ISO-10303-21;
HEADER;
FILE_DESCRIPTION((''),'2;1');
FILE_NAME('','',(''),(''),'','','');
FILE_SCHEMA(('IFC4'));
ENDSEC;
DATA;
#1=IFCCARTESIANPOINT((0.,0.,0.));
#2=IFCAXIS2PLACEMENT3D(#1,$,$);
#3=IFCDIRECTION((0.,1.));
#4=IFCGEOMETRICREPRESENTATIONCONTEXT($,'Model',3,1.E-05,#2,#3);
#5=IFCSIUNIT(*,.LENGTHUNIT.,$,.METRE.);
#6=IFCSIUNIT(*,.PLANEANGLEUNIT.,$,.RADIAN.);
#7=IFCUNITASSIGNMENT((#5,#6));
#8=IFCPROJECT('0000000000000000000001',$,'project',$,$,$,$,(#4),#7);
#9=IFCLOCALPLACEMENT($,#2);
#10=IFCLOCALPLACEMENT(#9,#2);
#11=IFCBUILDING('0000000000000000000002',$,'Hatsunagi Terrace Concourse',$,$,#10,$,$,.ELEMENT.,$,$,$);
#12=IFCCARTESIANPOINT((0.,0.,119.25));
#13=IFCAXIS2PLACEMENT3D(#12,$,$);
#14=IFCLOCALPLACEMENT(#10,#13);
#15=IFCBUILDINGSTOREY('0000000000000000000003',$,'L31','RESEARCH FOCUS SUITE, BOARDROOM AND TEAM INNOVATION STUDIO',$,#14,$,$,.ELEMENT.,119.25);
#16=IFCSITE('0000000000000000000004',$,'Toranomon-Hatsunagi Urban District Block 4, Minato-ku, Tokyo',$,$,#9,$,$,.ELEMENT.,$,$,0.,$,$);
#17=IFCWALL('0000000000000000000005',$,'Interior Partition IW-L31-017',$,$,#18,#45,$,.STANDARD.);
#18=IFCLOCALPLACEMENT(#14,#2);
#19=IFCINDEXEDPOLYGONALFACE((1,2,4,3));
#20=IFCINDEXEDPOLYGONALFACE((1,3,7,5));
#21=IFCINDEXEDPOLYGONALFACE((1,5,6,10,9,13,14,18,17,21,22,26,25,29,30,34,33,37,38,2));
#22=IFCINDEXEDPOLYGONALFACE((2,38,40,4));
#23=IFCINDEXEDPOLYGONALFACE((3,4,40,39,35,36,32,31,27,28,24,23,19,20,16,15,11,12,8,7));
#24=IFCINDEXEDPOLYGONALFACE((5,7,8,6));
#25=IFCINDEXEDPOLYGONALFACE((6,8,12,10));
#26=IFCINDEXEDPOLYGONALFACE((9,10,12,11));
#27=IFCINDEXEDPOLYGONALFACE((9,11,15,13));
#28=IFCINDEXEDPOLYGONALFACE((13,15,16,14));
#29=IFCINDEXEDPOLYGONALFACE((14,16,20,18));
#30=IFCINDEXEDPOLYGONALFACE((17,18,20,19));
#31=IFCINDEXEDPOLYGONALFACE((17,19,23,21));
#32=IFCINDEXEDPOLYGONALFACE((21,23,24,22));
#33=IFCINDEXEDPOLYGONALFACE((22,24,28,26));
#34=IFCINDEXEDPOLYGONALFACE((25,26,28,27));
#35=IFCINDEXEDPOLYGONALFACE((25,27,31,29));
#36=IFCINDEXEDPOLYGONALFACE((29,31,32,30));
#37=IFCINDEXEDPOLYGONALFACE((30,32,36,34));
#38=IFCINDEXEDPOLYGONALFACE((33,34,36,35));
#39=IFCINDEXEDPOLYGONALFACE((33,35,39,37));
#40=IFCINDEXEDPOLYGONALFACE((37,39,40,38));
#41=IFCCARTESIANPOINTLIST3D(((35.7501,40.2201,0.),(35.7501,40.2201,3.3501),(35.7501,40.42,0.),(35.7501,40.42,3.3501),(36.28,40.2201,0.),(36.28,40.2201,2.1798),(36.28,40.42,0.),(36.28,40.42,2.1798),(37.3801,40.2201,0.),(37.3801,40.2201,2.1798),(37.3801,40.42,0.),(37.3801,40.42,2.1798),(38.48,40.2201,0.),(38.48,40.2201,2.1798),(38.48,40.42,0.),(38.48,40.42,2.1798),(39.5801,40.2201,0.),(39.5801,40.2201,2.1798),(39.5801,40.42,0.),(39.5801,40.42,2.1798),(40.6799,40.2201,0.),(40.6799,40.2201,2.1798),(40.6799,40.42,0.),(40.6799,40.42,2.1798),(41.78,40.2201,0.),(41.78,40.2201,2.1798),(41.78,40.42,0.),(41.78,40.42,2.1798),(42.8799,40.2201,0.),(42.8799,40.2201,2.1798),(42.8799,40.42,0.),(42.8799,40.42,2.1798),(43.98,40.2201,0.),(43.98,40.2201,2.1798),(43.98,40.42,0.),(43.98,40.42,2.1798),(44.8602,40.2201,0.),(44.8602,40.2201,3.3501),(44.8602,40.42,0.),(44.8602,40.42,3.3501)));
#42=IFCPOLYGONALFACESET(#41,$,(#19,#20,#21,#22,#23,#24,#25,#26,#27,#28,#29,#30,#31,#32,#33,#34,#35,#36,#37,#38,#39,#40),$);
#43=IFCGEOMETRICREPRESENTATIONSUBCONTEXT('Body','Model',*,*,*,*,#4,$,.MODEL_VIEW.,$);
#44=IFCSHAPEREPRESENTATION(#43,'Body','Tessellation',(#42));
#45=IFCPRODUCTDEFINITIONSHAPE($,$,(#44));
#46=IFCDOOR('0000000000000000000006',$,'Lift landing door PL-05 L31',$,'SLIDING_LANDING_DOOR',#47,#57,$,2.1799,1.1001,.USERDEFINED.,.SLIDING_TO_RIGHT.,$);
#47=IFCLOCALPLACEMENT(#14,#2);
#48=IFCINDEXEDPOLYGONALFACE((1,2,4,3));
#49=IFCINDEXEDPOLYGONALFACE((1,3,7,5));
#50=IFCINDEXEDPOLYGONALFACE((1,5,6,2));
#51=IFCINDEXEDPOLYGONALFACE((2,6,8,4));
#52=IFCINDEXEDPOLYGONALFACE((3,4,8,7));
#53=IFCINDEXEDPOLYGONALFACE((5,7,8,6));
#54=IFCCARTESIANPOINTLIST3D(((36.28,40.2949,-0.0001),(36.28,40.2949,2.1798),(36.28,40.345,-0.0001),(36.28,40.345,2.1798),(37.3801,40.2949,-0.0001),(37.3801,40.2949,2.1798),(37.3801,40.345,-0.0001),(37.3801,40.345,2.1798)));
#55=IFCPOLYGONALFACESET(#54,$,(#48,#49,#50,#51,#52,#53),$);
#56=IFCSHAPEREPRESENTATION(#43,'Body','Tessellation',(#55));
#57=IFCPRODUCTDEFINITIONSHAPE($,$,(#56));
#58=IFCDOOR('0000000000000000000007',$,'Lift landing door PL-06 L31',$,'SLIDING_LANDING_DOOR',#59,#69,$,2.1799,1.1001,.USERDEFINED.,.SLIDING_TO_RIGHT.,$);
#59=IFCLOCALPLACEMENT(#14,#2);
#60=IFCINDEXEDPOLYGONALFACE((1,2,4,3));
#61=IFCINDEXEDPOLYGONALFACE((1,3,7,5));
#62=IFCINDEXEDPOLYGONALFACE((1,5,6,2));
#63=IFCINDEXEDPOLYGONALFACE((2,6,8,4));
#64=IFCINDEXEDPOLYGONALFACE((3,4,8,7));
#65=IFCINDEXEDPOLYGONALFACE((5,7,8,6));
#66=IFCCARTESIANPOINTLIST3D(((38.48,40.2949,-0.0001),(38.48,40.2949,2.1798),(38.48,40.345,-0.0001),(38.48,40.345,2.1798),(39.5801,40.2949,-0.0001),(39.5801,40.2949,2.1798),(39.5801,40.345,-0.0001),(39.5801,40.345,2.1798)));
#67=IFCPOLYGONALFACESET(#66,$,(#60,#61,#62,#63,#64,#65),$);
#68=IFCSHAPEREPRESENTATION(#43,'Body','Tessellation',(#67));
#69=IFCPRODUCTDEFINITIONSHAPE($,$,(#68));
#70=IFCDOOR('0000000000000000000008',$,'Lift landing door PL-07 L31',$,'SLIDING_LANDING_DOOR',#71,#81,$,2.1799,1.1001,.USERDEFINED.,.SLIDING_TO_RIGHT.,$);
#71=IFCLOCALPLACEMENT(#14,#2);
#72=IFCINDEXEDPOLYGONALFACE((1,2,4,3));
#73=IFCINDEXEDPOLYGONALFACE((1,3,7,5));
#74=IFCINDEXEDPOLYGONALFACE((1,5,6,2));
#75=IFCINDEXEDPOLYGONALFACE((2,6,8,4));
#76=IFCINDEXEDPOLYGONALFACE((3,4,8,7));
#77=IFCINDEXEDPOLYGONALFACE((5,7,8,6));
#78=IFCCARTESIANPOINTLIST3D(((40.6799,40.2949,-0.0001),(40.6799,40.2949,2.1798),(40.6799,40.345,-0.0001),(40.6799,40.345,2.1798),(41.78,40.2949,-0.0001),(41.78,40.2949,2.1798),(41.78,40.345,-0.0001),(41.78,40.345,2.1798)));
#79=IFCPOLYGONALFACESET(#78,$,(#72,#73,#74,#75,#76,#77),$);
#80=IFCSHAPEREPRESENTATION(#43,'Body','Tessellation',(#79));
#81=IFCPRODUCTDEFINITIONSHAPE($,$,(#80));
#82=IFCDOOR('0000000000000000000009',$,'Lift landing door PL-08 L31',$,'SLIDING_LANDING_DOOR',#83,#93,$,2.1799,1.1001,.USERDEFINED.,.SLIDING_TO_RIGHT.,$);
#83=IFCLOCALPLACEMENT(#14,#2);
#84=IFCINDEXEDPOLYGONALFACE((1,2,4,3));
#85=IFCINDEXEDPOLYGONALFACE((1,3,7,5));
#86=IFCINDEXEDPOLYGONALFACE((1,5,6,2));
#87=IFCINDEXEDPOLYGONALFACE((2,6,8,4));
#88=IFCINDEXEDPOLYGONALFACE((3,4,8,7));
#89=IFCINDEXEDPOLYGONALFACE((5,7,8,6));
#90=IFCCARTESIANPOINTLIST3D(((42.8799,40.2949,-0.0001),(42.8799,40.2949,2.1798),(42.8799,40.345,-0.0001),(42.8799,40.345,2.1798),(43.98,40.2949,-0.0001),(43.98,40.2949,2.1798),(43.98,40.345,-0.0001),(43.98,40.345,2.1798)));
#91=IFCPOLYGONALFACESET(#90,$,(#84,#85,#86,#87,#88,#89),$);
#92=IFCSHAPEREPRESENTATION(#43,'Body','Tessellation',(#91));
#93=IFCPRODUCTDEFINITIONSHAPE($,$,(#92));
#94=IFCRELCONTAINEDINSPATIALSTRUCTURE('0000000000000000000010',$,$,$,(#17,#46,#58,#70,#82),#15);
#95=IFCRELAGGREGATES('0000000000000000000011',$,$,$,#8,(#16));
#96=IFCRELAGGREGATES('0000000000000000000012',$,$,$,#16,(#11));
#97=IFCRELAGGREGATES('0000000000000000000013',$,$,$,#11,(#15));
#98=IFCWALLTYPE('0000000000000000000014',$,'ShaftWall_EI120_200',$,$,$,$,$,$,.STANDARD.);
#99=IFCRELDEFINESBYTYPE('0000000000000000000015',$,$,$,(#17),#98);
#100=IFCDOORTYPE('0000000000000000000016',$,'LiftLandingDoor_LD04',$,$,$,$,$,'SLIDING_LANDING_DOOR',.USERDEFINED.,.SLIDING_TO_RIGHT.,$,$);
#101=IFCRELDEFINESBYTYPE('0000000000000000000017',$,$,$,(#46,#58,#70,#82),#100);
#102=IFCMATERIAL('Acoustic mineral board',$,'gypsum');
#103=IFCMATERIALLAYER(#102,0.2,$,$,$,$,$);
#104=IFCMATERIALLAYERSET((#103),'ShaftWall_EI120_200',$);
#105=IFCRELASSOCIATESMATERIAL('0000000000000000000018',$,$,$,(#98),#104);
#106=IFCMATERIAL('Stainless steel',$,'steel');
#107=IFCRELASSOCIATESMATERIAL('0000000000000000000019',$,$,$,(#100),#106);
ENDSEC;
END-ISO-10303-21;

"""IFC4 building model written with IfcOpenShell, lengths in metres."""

from ifc_helpers import new_model, si_unit, direction, frame, frame_2d, origin, place, context, subcontext, project, spatial, rectangle, extrude, material, layer, layer_set, type_object, element, fill, save


model = new_model("IFC4")

# Units and contexts
model_context = context("Model", 3, precision=1e-05, world=origin(), true_north=direction((0.0, 1.0)))
body_context = subcontext(model_context, "Body", "Model", "MODEL_VIEW")
ifc_project = project(units=[si_unit("LENGTHUNIT", "METRE"), si_unit("PLANEANGLEUNIT", "RADIAN")], contexts=[model_context])

# Site, building, storey
site_placement = place(None, origin())
site = spatial("IfcSite", under=ifc_project, at=site_placement, Name="Toranomon-Hatsunagi Urban District Block 4, Minato-ku, Tokyo", CompositionType="ELEMENT", RefElevation=0.0)
building_placement = place(site_placement, origin())
building = spatial("IfcBuilding", under=site, at=building_placement, Name="Hatsunagi Terrace Concourse", CompositionType="ELEMENT")
storey_placement = place(building_placement, frame((0.0, 0.0, 119.25)))
storey = spatial("IfcBuildingStorey", under=building, at=storey_placement, Name="L31", Description="RESEARCH FOCUS SUITE, BOARDROOM AND TEAM INNOVATION STUDIO", CompositionType="ELEMENT", Elevation=119.25)

# Shared definitions
ifc_material_1 = material(Name="Acoustic mineral board", Category="gypsum")
ifc_layer_1 = layer(ifc_material_1, 0.2)
ifc_layer_set_1 = layer_set([ifc_layer_1], Name="ShaftWall_EI120_200")
wall_type_1 = type_object("IfcWallType", Name="ShaftWall_EI120_200", PredefinedType="STANDARD", material=ifc_layer_set_1)

# Wall, openings, doors
wall_1_placement = place(storey_placement, frame((35.75, 40.3201, 0.0), z_axis=(0.0, 0.0, 1.0), x_axis=(1.0, 0.0, 0.0)))
wall_1 = element("IfcWall", 1, at=wall_1_placement, inside=storey, type_object=wall_type_1, Name="Interior Partition IW-L31-017", PredefinedType="STANDARD", context=body_context, shape_type="SweptSolid", body=[
    extrude(rectangle(XDim=9.1101, YDim=0.2, at=frame_2d((4.5552, 0.0))), origin(), (0.0, 0.0, 1.0), 3.3501),
])
opening_1_placement = place(wall_1_placement, frame((0.53, 0.0, 0.0)))
opening_1 = element("IfcOpeningElement", 2, at=opening_1_placement, cuts=wall_1, PredefinedType="OPENING", context=body_context, shape_type="SweptSolid", body=[
    extrude(rectangle(XDim=1.1001, YDim=2.1799, at=frame_2d((0.55, 1.0898))), frame((0.0, 0.1099, 0.0), z_axis=(0.0, -1.0, 0.0), x_axis=(1.0, 0.0, 0.0)), (0.0, 0.0, 1.0), 0.22),
])
opening_2_placement = place(wall_1_placement, frame((2.73, 0.0, 0.0)))
opening_2 = element("IfcOpeningElement", 3, at=opening_2_placement, cuts=wall_1, PredefinedType="OPENING", context=body_context, shape_type="SweptSolid", body=[
    extrude(rectangle(XDim=1.1001, YDim=2.1799, at=frame_2d((0.55, 1.0898))), frame((0.0, 0.1099, 0.0), z_axis=(0.0, -1.0, 0.0), x_axis=(1.0, 0.0, 0.0)), (0.0, 0.0, 1.0), 0.22),
])
opening_3_placement = place(wall_1_placement, frame((4.9299, 0.0, 0.0)))
opening_3 = element("IfcOpeningElement", 4, at=opening_3_placement, cuts=wall_1, PredefinedType="OPENING", context=body_context, shape_type="SweptSolid", body=[
    extrude(rectangle(XDim=1.1001, YDim=2.1799, at=frame_2d((0.55, 1.0898))), frame((0.0, 0.1099, 0.0), z_axis=(0.0, -1.0, 0.0), x_axis=(1.0, 0.0, 0.0)), (0.0, 0.0, 1.0), 0.22),
])
opening_4_placement = place(wall_1_placement, frame((7.1299, 0.0, 0.0)))
opening_4 = element("IfcOpeningElement", 5, at=opening_4_placement, cuts=wall_1, PredefinedType="OPENING", context=body_context, shape_type="SweptSolid", body=[
    extrude(rectangle(XDim=1.1001, YDim=2.1799, at=frame_2d((0.55, 1.0898))), frame((0.0, 0.1099, 0.0), z_axis=(0.0, -1.0, 0.0), x_axis=(1.0, 0.0, 0.0)), (0.0, 0.0, 1.0), 0.22),
])
ifc_material_2 = material(Name="Stainless steel", Category="steel")
door_type_1 = type_object("IfcDoorType", Name="LiftLandingDoor_LD04", ElementType="SLIDING_LANDING_DOOR", OperationType="SLIDING_TO_RIGHT", PredefinedType="USERDEFINED", material=ifc_material_2)
door_1_placement = place(opening_1_placement, origin())
door_1 = element("IfcDoor", 6, at=door_1_placement, inside=storey, type_object=door_type_1, Name="Lift landing door PL-05 L31", ObjectType="SLIDING_LANDING_DOOR", OperationType="SLIDING_TO_RIGHT", OverallHeight=2.1799, OverallWidth=1.1001, PredefinedType="USERDEFINED", context=body_context, shape_type="SweptSolid", body=[
    extrude(rectangle(XDim=1.1001, YDim=2.1799, at=frame_2d((0.55, 1.0898))), frame((0.0, 0.0249, 0.0), z_axis=(0.0, -1.0, 0.0), x_axis=(1.0, 0.0, 0.0)), (0.0, 0.0, 1.0), 0.05),
])
fill(opening_1, door_1)
door_2_placement = place(opening_2_placement, origin())
door_2 = element("IfcDoor", 7, at=door_2_placement, inside=storey, type_object=door_type_1, Name="Lift landing door PL-06 L31", ObjectType="SLIDING_LANDING_DOOR", OperationType="SLIDING_TO_RIGHT", OverallHeight=2.1799, OverallWidth=1.1001, PredefinedType="USERDEFINED", context=body_context, shape_type="SweptSolid", body=[
    extrude(rectangle(XDim=1.1001, YDim=2.1799, at=frame_2d((0.55, 1.0898))), frame((0.0, 0.0249, 0.0), z_axis=(0.0, -1.0, 0.0), x_axis=(1.0, 0.0, 0.0)), (0.0, 0.0, 1.0), 0.05),
])
fill(opening_2, door_2)
door_3_placement = place(opening_3_placement, origin())
door_3 = element("IfcDoor", 8, at=door_3_placement, inside=storey, type_object=door_type_1, Name="Lift landing door PL-07 L31", ObjectType="SLIDING_LANDING_DOOR", OperationType="SLIDING_TO_RIGHT", OverallHeight=2.1799, OverallWidth=1.1001, PredefinedType="USERDEFINED", context=body_context, shape_type="SweptSolid", body=[
    extrude(rectangle(XDim=1.1001, YDim=2.1799, at=frame_2d((0.55, 1.0898))), frame((0.0, 0.0249, 0.0), z_axis=(0.0, -1.0, 0.0), x_axis=(1.0, 0.0, 0.0)), (0.0, 0.0, 1.0), 0.05),
])
fill(opening_3, door_3)
door_4_placement = place(opening_4_placement, origin())
door_4 = element("IfcDoor", 9, at=door_4_placement, inside=storey, type_object=door_type_1, Name="Lift landing door PL-08 L31", ObjectType="SLIDING_LANDING_DOOR", OperationType="SLIDING_TO_RIGHT", OverallHeight=2.1799, OverallWidth=1.1001, PredefinedType="USERDEFINED", context=body_context, shape_type="SweptSolid", body=[
    extrude(rectangle(XDim=1.1001, YDim=2.1799, at=frame_2d((0.55, 1.0898))), frame((0.0, 0.0249, 0.0), z_axis=(0.0, -1.0, 0.0), x_axis=(1.0, 0.0, 0.0)), (0.0, 0.0, 1.0), 0.05),
])
fill(opening_4, door_4)

save(model, "model.ifc")
